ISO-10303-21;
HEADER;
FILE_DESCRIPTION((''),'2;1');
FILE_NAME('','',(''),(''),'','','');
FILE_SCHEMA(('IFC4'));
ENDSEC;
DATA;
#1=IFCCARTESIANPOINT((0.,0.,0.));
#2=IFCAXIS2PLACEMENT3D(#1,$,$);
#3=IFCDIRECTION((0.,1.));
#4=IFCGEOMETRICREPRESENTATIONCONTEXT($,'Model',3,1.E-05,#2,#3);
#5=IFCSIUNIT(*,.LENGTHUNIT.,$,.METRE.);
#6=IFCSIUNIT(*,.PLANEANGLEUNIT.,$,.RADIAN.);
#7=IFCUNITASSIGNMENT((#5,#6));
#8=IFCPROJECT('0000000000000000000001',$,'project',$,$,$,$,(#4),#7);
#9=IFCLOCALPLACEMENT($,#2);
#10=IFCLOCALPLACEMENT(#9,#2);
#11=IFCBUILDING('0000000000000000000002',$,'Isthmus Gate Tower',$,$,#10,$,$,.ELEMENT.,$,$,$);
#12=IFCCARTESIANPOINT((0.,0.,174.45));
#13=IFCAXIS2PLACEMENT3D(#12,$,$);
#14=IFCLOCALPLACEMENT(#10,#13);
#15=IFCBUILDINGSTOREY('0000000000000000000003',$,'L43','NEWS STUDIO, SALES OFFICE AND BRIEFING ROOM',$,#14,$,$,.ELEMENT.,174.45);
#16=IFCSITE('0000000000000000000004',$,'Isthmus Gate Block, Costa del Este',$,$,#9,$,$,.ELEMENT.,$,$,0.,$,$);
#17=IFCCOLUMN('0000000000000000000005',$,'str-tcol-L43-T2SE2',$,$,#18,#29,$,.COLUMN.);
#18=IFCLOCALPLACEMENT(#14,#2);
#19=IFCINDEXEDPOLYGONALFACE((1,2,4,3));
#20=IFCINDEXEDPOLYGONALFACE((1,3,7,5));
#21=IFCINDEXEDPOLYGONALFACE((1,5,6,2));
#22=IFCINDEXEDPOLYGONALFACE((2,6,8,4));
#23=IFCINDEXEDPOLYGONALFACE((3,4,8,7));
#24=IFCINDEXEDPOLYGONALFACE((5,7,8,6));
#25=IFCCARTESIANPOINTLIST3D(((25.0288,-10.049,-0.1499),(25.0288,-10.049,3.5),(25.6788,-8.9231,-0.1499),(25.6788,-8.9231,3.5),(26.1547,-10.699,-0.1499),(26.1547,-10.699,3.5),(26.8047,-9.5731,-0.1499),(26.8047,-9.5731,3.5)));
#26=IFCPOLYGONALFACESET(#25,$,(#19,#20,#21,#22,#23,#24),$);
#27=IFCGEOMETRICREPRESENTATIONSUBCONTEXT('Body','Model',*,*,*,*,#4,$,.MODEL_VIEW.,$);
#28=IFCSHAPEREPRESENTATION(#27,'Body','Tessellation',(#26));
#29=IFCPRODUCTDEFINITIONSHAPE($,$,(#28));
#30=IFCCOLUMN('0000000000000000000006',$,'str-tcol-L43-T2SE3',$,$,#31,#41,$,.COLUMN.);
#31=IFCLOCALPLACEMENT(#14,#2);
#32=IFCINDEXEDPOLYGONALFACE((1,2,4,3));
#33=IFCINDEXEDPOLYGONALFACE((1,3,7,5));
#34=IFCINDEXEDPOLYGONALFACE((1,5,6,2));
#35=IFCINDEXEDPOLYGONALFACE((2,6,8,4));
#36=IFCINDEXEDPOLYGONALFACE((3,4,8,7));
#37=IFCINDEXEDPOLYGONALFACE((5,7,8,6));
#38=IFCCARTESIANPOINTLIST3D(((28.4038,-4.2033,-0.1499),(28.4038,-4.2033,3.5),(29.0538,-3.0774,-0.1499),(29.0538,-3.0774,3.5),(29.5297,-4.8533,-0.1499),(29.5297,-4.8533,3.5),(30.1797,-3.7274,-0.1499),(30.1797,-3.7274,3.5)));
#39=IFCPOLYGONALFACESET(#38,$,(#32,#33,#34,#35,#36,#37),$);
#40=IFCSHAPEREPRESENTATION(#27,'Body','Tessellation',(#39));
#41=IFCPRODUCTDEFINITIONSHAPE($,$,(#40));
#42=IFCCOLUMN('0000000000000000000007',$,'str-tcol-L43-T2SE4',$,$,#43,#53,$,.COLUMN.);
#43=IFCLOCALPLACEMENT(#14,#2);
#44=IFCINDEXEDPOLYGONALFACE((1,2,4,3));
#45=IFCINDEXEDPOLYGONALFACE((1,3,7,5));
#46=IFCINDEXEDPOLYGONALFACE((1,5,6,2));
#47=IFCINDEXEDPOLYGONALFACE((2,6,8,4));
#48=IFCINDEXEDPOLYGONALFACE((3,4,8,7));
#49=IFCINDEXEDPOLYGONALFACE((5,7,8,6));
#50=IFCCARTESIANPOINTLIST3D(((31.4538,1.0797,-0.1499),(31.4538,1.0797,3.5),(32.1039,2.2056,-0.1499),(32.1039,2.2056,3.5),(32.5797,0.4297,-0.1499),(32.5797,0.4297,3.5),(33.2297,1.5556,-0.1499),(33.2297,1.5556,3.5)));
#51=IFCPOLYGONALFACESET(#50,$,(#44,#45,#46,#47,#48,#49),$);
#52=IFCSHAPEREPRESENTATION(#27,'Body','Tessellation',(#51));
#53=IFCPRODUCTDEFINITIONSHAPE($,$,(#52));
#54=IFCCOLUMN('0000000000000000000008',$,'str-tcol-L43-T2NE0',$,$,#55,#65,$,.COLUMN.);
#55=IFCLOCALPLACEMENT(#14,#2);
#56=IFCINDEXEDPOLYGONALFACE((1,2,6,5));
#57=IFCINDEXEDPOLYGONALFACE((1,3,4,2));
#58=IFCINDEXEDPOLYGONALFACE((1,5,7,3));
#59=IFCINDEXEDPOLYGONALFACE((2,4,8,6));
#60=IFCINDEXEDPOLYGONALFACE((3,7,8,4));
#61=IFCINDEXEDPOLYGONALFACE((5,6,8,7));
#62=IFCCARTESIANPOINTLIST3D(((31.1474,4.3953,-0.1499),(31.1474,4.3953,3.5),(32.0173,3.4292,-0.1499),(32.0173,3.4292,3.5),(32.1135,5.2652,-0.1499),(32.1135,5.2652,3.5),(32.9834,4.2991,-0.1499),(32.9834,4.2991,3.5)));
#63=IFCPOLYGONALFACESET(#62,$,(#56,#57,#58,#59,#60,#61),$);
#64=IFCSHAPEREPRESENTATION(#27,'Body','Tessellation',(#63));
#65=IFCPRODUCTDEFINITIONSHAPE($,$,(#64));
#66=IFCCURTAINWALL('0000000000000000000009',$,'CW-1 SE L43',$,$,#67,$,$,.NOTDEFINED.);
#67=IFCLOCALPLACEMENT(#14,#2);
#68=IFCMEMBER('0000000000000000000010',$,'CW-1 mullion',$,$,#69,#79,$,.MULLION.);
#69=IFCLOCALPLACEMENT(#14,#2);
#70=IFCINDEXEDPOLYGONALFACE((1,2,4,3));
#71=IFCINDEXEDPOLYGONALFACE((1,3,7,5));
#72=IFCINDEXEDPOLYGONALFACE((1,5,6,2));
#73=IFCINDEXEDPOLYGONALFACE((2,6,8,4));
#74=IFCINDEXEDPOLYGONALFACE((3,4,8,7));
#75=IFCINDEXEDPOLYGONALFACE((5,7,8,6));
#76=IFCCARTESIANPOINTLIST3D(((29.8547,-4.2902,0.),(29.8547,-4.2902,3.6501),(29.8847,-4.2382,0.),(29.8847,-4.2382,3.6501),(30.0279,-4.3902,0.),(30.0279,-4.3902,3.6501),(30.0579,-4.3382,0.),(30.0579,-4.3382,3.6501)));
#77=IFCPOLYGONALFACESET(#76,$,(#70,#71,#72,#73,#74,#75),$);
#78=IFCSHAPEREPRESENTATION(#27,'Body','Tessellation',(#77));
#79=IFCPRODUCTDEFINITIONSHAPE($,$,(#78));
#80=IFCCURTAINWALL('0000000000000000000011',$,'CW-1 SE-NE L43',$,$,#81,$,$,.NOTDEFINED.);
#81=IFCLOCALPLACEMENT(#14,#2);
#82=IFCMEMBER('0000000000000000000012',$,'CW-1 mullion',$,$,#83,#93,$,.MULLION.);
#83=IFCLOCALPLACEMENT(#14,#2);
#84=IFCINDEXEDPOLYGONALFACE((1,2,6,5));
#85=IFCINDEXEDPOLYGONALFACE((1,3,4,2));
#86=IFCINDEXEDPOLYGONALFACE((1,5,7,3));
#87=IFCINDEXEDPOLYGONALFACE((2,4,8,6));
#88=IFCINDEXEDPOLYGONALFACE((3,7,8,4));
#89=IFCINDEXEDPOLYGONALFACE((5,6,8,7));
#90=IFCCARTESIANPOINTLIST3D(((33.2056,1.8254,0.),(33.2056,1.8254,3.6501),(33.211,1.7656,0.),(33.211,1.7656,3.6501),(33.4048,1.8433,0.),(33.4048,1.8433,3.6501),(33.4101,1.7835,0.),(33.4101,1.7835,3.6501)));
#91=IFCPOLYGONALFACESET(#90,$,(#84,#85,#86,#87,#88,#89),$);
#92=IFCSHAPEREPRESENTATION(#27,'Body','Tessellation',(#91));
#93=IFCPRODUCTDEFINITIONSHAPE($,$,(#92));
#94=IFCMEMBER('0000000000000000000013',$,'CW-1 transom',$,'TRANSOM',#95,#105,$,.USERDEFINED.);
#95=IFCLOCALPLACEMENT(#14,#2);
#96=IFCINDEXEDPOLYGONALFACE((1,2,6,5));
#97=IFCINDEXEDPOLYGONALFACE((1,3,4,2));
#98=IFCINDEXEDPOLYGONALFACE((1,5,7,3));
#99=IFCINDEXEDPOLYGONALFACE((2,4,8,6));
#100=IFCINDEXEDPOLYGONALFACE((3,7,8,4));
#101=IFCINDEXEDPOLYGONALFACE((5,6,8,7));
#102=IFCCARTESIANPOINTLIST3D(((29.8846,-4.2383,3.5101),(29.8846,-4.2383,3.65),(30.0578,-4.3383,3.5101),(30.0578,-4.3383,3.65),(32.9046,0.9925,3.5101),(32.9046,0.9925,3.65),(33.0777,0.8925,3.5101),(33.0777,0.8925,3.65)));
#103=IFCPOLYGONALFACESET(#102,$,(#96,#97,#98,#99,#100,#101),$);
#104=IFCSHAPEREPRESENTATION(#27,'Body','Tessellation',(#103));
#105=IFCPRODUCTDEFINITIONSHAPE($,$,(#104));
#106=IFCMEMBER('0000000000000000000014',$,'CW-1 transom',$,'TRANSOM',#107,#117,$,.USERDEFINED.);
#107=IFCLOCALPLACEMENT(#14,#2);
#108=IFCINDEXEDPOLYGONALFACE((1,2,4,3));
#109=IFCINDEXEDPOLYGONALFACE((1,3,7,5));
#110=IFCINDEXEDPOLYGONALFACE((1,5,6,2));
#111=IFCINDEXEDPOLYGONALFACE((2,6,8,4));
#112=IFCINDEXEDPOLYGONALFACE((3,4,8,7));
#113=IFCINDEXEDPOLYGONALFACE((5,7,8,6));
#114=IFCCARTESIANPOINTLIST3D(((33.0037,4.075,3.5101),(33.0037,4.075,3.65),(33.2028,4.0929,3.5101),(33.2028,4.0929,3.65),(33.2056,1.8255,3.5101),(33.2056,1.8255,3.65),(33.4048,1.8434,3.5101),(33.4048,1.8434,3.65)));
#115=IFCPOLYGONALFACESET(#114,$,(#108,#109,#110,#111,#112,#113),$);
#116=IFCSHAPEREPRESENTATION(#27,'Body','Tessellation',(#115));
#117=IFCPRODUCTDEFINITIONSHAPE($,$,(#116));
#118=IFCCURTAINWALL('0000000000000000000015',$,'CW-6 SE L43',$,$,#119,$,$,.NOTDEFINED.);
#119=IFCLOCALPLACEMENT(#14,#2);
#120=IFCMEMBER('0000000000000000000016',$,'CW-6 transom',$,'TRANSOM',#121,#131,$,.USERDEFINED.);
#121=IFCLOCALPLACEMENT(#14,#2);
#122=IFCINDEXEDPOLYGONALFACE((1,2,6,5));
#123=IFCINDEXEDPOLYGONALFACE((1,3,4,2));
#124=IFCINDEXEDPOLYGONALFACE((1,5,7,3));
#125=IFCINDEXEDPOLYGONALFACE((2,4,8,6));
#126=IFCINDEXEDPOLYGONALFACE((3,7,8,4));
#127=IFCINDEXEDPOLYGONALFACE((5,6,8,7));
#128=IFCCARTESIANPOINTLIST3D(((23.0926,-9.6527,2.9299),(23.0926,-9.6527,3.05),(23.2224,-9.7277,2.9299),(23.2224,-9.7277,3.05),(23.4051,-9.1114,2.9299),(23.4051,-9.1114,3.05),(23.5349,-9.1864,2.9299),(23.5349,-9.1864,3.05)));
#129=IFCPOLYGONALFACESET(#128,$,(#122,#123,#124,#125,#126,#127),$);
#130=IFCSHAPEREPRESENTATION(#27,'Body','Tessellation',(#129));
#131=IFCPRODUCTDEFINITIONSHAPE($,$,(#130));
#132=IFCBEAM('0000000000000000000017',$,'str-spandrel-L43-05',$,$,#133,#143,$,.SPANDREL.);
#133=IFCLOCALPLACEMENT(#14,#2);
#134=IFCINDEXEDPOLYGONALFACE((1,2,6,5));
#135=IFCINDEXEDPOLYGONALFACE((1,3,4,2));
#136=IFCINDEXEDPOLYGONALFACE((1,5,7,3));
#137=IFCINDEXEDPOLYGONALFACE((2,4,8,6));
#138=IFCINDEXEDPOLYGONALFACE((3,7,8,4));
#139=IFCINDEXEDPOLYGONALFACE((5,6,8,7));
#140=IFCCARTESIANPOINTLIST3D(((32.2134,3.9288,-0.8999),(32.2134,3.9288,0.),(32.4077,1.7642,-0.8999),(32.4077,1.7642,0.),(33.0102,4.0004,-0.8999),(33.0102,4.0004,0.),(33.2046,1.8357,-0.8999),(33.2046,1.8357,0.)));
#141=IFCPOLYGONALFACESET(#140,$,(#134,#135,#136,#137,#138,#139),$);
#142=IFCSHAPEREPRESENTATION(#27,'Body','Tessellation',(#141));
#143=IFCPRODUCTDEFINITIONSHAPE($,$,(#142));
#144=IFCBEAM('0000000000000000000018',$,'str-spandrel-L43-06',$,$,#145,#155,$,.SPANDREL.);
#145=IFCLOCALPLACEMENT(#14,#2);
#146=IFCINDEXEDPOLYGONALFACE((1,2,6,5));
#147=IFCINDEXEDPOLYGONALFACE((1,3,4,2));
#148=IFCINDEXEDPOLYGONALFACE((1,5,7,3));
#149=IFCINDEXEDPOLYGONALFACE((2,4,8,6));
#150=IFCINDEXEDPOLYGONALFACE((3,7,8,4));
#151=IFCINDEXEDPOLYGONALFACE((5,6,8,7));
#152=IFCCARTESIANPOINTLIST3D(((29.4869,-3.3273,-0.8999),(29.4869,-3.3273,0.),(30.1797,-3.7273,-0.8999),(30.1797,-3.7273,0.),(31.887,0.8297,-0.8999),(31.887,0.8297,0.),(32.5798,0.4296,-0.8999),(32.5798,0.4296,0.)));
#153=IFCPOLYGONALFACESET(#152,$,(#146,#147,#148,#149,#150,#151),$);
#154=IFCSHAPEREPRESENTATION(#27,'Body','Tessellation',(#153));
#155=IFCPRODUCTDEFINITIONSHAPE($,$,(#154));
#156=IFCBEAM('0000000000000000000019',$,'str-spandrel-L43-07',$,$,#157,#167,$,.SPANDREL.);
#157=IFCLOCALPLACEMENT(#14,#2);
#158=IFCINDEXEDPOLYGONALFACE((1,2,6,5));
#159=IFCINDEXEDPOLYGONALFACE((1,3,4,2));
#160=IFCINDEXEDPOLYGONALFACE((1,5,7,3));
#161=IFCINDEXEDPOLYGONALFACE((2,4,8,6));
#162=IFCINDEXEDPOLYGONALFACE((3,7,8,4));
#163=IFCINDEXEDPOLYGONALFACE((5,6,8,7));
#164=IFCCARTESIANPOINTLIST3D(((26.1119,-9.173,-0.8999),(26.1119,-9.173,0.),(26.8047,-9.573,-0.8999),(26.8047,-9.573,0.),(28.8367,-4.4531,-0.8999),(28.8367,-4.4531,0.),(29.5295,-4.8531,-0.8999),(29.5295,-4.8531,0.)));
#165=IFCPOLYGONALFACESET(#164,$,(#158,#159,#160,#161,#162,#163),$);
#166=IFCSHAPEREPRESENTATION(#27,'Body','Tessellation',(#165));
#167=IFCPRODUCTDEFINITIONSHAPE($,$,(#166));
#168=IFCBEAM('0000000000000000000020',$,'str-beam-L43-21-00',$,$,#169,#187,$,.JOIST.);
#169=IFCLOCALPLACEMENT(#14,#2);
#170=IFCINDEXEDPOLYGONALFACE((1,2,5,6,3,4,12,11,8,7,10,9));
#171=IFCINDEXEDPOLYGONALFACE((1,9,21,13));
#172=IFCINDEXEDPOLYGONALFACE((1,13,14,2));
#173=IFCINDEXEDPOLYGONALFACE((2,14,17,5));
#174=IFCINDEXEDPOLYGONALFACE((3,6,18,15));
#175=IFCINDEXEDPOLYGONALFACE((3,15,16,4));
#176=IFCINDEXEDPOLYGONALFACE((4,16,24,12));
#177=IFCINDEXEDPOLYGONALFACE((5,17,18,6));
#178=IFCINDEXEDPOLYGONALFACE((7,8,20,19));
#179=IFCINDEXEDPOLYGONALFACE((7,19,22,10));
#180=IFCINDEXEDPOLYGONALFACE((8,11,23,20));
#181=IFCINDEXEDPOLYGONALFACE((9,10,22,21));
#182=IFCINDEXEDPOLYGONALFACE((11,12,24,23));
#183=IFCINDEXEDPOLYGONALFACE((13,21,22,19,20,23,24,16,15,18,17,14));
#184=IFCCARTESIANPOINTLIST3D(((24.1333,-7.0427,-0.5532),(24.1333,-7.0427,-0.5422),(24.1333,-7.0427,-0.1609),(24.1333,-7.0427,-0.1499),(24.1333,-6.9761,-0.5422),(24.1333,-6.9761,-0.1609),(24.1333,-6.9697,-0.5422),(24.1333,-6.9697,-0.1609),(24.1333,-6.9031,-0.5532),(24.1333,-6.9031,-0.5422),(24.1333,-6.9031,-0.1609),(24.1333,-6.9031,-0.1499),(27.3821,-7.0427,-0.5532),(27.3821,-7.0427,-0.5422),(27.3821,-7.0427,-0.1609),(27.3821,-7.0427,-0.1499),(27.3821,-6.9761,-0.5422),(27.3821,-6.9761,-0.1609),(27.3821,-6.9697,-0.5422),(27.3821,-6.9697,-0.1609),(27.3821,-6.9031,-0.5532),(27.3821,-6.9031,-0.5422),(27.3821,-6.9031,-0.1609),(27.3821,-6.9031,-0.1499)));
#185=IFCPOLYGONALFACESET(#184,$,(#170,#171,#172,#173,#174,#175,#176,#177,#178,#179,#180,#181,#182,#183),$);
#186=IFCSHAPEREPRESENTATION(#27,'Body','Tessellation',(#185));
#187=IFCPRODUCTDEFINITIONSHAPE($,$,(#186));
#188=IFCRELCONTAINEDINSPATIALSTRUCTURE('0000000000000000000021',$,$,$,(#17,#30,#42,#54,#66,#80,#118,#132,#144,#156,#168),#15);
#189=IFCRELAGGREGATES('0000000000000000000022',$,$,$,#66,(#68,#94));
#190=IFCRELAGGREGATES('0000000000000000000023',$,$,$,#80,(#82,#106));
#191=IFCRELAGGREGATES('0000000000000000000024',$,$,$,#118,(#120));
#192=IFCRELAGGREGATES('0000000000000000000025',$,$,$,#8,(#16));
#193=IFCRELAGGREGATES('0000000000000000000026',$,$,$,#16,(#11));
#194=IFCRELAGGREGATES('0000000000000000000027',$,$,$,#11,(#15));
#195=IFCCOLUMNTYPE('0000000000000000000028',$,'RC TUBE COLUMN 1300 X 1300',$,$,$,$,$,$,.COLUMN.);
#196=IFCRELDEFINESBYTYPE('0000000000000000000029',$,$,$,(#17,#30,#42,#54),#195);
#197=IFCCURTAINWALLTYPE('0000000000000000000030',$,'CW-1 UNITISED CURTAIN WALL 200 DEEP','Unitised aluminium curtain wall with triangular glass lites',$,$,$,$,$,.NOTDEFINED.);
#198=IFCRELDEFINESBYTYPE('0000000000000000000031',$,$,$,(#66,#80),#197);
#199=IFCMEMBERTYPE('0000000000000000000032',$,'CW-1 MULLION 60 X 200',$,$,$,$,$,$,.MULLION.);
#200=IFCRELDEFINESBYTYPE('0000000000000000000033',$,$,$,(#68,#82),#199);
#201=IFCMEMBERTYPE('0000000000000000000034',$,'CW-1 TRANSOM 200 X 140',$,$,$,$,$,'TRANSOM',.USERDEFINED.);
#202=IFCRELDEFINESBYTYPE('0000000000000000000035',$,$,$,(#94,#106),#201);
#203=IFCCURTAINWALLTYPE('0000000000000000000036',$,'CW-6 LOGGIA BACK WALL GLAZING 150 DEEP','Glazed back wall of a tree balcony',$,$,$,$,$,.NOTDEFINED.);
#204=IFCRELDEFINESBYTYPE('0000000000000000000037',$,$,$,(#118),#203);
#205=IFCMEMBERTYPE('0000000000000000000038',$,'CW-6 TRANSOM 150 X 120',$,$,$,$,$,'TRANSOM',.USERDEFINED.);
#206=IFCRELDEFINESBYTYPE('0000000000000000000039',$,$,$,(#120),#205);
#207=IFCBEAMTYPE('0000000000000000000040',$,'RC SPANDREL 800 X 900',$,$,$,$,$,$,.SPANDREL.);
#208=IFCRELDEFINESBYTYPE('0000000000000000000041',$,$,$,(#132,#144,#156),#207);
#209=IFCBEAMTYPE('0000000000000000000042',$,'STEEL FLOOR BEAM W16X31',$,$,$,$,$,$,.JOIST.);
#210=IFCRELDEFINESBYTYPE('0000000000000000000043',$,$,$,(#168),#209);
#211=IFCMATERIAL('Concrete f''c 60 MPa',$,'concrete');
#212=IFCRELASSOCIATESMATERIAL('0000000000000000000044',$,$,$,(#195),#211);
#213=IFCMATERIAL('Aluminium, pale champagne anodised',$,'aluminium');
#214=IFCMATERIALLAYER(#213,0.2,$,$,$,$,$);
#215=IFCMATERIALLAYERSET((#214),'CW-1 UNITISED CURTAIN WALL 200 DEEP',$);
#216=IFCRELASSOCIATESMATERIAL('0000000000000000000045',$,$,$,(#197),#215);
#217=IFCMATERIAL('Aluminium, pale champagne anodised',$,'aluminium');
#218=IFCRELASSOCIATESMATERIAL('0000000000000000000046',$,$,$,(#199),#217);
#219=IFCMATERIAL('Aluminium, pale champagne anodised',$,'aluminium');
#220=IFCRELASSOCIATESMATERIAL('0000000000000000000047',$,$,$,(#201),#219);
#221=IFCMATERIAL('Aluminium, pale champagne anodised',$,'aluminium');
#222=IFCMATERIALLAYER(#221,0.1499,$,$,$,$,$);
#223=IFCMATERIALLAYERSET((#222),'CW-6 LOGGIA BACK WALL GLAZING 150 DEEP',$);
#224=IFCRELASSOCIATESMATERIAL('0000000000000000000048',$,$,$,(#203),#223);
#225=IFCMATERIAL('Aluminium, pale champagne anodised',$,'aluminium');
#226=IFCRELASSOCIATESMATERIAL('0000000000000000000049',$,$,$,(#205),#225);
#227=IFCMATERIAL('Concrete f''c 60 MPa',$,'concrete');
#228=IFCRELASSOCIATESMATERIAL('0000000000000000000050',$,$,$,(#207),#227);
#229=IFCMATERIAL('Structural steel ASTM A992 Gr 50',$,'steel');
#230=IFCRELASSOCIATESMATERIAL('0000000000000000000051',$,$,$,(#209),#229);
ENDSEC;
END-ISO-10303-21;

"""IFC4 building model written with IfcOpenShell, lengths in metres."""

from ifc_helpers import new_model, si_unit, direction, frame, origin, origin_2d, place, context, subcontext, project, spatial, rectangle, i_section, extrude, material, layer, layer_set, material_profile, profile_set, type_object, element, aggregate, save


model = new_model("IFC4")

# Units and contexts
model_context = context("Model", 3, precision=1e-05, world=origin(), true_north=direction((0.0, 1.0)))
body_context = subcontext(model_context, "Body", "Model", "MODEL_VIEW")
ifc_project = project(units=[si_unit("LENGTHUNIT", "METRE"), si_unit("PLANEANGLEUNIT", "RADIAN")], contexts=[model_context])

# Site, building, storey
site_placement = place(None, origin())
site = spatial("IfcSite", under=ifc_project, at=site_placement, Name="Isthmus Gate Block, Costa del Este", CompositionType="ELEMENT", RefElevation=0.0)
building_placement = place(site_placement, origin())
building = spatial("IfcBuilding", under=site, at=building_placement, Name="Isthmus Gate Tower", CompositionType="ELEMENT")
storey_placement = place(building_placement, frame((0.0, 0.0, 174.45)))
storey = spatial("IfcBuildingStorey", under=building, at=storey_placement, Name="L43", Description="NEWS STUDIO, SALES OFFICE AND BRIEFING ROOM", CompositionType="ELEMENT", Elevation=174.45)

# Columns
ifc_material_1 = material(Name="Concrete f'c 60 MPa", Category="concrete")
ifc_material_profile_1 = material_profile(ifc_material_1, rectangle(XDim=1.3, YDim=1.3, at=origin_2d()), Name="RC 1300X1300")
ifc_profile_set_1 = profile_set([ifc_material_profile_1], Name="Concrete f'c 60 MPa")
column_type = type_object("IfcColumnType", Name="RC TUBE COLUMN 1300 X 1300", PredefinedType="COLUMN", material=ifc_profile_set_1)
for number, where, z_axis, x_axis, name in (
    (1, (25.9167, -9.811, -0.1499), (0.0, 0.0, 1.0), (0.5, 0.866025, 0.0), "str-tcol-L43-T2SE2"),
    (2, (29.2917, -3.9653, -0.1499), (0.0, 0.0, 1.0), (0.5, 0.866025, 0.0), "str-tcol-L43-T2SE3"),
    (3, (32.3418, 1.3176, -0.1499), (0.0, 0.0, 1.0), (0.5, 0.866025, 0.0), "str-tcol-L43-T2SE4"),
    (4, (32.0654, 4.3472, -0.1499), (0.0, 0.0, 1.0), (-0.669131, 0.743145, 0.0), "str-tcol-L43-T2NE0"),
):
    element("IfcColumn", number, at=place(storey_placement, frame(where, z_axis=z_axis, x_axis=x_axis)), inside=storey, type_object=column_type, Name=name, PredefinedType="COLUMN", context=body_context, shape_type="SweptSolid", body=[
        extrude(rectangle(XDim=1.3, YDim=1.3, at=origin_2d()), origin(), (0.0, 0.0, 1.0), 3.6499),
    ])

# Curtain walls, members
ifc_material_2 = material(Name="Aluminium, pale champagne anodised", Category="aluminium")
ifc_layer_1 = layer(ifc_material_2, 0.2)
ifc_layer_set_1 = layer_set([ifc_layer_1], Name="CW-1 UNITISED CURTAIN WALL 200 DEEP")
curtain_wall_type_1 = type_object("IfcCurtainWallType", Name="CW-1 UNITISED CURTAIN WALL 200 DEEP", Description="Unitised aluminium curtain wall with triangular glass lites", PredefinedType="NOTDEFINED", material=ifc_layer_set_1)
curtain_wall_1_placement = place(storey_placement, origin())
curtain_wall_1 = element("IfcCurtainWall", 5, at=curtain_wall_1_placement, inside=storey, type_object=curtain_wall_type_1, Name="CW-1 SE L43", PredefinedType="NOTDEFINED")
ifc_material_3 = material(Name="Aluminium, pale champagne anodised", Category="aluminium")
ifc_material_profile_2 = material_profile(ifc_material_3, rectangle(XDim=0.0601, YDim=0.2, at=origin_2d()), Name="60x200")
ifc_profile_set_2 = profile_set([ifc_material_profile_2], Name="Aluminium, pale champagne anodised")
member_type_1 = type_object("IfcMemberType", Name="CW-1 MULLION 60 X 200", PredefinedType="MULLION", material=ifc_profile_set_2)
member_1_placement = place(storey_placement, frame((29.9563, -4.3142, 0.0), z_axis=(0.0, 0.0, 1.0), x_axis=(0.5, 0.866025, 0.0)))
member_1 = element("IfcMember", 6, at=member_1_placement, type_object=member_type_1, Name="CW-1 mullion", PredefinedType="MULLION", context=body_context, shape_type="SweptSolid", body=[
    extrude(rectangle(XDim=0.0601, YDim=0.2, at=origin_2d()), origin(), (0.0, 0.0, 1.0), 3.6501),
])
curtain_wall_2_placement = place(storey_placement, origin())
curtain_wall_2 = element("IfcCurtainWall", 7, at=curtain_wall_2_placement, inside=storey, type_object=curtain_wall_type_1, Name="CW-1 SE-NE L43", PredefinedType="NOTDEFINED")
member_2_placement = place(storey_placement, frame((33.3079, 1.8044, 0.0), z_axis=(0.0, 0.0, 1.0), x_axis=(-0.089397, 0.995996, 0.0)))
member_2 = element("IfcMember", 8, at=member_2_placement, type_object=member_type_1, Name="CW-1 mullion", PredefinedType="MULLION", context=body_context, shape_type="SweptSolid", body=[
    extrude(rectangle(XDim=0.0601, YDim=0.2, at=origin_2d()), origin(), (0.0, 0.0, 1.0), 3.6501),
])

# Members
ifc_material_4 = material(Name="Aluminium, pale champagne anodised", Category="aluminium")
ifc_material_profile_3 = material_profile(ifc_material_4, rectangle(XDim=0.2, YDim=0.1399, at=origin_2d()), Name="200x140")
ifc_profile_set_3 = profile_set([ifc_material_profile_3], Name="Aluminium, pale champagne anodised")
member_type_2 = type_object("IfcMemberType", Name="CW-1 TRANSOM 200 X 140", ElementType="TRANSOM", PredefinedType="USERDEFINED", material=ifc_profile_set_3)
member_3_placement = place(storey_placement, frame((29.9712, -4.2883, 3.5801), z_axis=(0.499991, 0.866031, 0.0), x_axis=(-0.866031, 0.499991, 0.0)))
member_3 = element("IfcMember", 9, at=member_3_placement, type_object=member_type_2, Name="CW-1 transom", ObjectType="TRANSOM", PredefinedType="USERDEFINED", context=body_context, shape_type="SweptSolid", body=[
    extrude(rectangle(XDim=0.2, YDim=0.1399, at=origin_2d()), origin(), (0.0, 0.0, 1.0), 6.04),
])
member_4_placement = place(storey_placement, frame((33.3052, 1.8345, 3.5801), z_axis=(-0.089395, 0.995996, 0.0), x_axis=(-0.995996, -0.089395, 0.0)))
member_4 = element("IfcMember", 10, at=member_4_placement, type_object=member_type_2, Name="CW-1 transom", ObjectType="TRANSOM", PredefinedType="USERDEFINED", context=body_context, shape_type="SweptSolid", body=[
    extrude(rectangle(XDim=0.2, YDim=0.1399, at=origin_2d()), origin(), (0.0, 0.0, 1.0), 2.2585),
])

# Curtain wall, member
ifc_material_5 = material(Name="Aluminium, pale champagne anodised", Category="aluminium")
ifc_layer_2 = layer(ifc_material_5, 0.1499)
ifc_layer_set_2 = layer_set([ifc_layer_2], Name="CW-6 LOGGIA BACK WALL GLAZING 150 DEEP")
curtain_wall_type_2 = type_object("IfcCurtainWallType", Name="CW-6 LOGGIA BACK WALL GLAZING 150 DEEP", Description="Glazed back wall of a tree balcony", PredefinedType="NOTDEFINED", material=ifc_layer_set_2)
curtain_wall_3_placement = place(storey_placement, origin())
curtain_wall_3 = element("IfcCurtainWall", 11, at=curtain_wall_3_placement, inside=storey, type_object=curtain_wall_type_2, Name="CW-6 SE L43", PredefinedType="NOTDEFINED")
ifc_material_6 = material(Name="Aluminium, pale champagne anodised", Category="aluminium")
ifc_material_profile_4 = material_profile(ifc_material_6, rectangle(XDim=0.1499, YDim=0.1201, at=origin_2d()), Name="150x120")
ifc_profile_set_4 = profile_set([ifc_material_profile_4], Name="Aluminium, pale champagne anodised")
member_type_3 = type_object("IfcMemberType", Name="CW-6 TRANSOM 150 X 120", ElementType="TRANSOM", PredefinedType="USERDEFINED", material=ifc_profile_set_4)
member_5_placement = place(storey_placement, frame((23.1575, -9.6902, 2.99), z_axis=(0.500004, 0.866023, 0.0), x_axis=(-0.866023, 0.500004, 0.0)))
member_5 = element("IfcMember", 12, at=member_5_placement, type_object=member_type_3, Name="CW-6 transom", ObjectType="TRANSOM", PredefinedType="USERDEFINED", context=body_context, shape_type="SweptSolid", body=[
    extrude(rectangle(XDim=0.1499, YDim=0.1201, at=origin_2d()), origin(), (0.0, 0.0, 1.0), 0.625),
])

# Beams
ifc_material_7 = material(Name="Concrete f'c 60 MPa", Category="concrete")
ifc_material_profile_5 = material_profile(ifc_material_7, rectangle(XDim=0.8, YDim=0.8999, at=origin_2d()), Name="RC 800X900")
ifc_profile_set_5 = profile_set([ifc_material_profile_5], Name="Concrete f'c 60 MPa")
beam_type_1 = type_object("IfcBeamType", Name="RC SPANDREL 800 X 900", PredefinedType="SPANDREL", material=ifc_profile_set_5)
beam_1_placement = place(storey_placement, frame((32.6118, 3.9646, -0.45), z_axis=(0.089422, -0.995994, 0.0), x_axis=(0.995994, 0.089422, 0.0)))
element("IfcBeam", 13, at=beam_1_placement, inside=storey, type_object=beam_type_1, Name="str-spandrel-L43-05", PredefinedType="SPANDREL", context=body_context, shape_type="SweptSolid", body=[
    extrude(rectangle(XDim=0.8, YDim=0.8999, at=origin_2d()), origin(), (0.0, 0.0, 1.0), 2.1733),
])
beam_2_placement = place(storey_placement, frame((32.2334, 0.6296, -0.45), z_axis=(-0.500017, -0.866015, 0.0), x_axis=(0.866015, -0.500017, 0.0)))
element("IfcBeam", 14, at=beam_2_placement, inside=storey, type_object=beam_type_1, Name="str-spandrel-L43-06", PredefinedType="SPANDREL", context=body_context, shape_type="SweptSolid", body=[
    extrude(rectangle(XDim=0.8, YDim=0.8999, at=origin_2d()), origin(), (0.0, 0.0, 1.0), 4.8),
])
beam_3_placement = place(storey_placement, frame((29.1831, -4.6531, -0.45), z_axis=(-0.499969, -0.866043, 0.0), x_axis=(0.866043, -0.499969, 0.0)))
element("IfcBeam", 15, at=beam_3_placement, inside=storey, type_object=beam_type_1, Name="str-spandrel-L43-07", PredefinedType="SPANDREL", context=body_context, shape_type="SweptSolid", body=[
    extrude(rectangle(XDim=0.8, YDim=0.8999, at=origin_2d()), origin(), (0.0, 0.0, 1.0), 5.45),
])
ifc_material_8 = material(Name="Structural steel ASTM A992 Gr 50", Category="steel")
ifc_material_profile_6 = material_profile(ifc_material_8, i_section(OverallWidth=0.1396, OverallDepth=0.4033, WebThickness=0.0063, FlangeThickness=0.011, at=origin_2d()), Name="W16X31")
ifc_profile_set_6 = profile_set([ifc_material_profile_6], Name="Structural steel ASTM A992 Gr 50")
beam_type_2 = type_object("IfcBeamType", Name="STEEL FLOOR BEAM W16X31", PredefinedType="JOIST", material=ifc_profile_set_6)
beam_4_placement = place(storey_placement, frame((24.1333, -6.9729, -0.3516), z_axis=(1.0, 0.0, 0.0), x_axis=(0.0, 1.0, 0.0)))
element("IfcBeam", 16, at=beam_4_placement, inside=storey, type_object=beam_type_2, Name="str-beam-L43-21-00", PredefinedType="JOIST", context=body_context, shape_type="SweptSolid", body=[
    extrude(i_section(OverallWidth=0.1396, OverallDepth=0.4033, WebThickness=0.0063, FlangeThickness=0.011, at=origin_2d()), origin(), (0.0, 0.0, 1.0), 3.2488),
])

aggregate(curtain_wall_1, [member_1, member_3])
aggregate(curtain_wall_2, [member_2, member_4])
aggregate(curtain_wall_3, [member_5])

save(model, "model.ifc")
